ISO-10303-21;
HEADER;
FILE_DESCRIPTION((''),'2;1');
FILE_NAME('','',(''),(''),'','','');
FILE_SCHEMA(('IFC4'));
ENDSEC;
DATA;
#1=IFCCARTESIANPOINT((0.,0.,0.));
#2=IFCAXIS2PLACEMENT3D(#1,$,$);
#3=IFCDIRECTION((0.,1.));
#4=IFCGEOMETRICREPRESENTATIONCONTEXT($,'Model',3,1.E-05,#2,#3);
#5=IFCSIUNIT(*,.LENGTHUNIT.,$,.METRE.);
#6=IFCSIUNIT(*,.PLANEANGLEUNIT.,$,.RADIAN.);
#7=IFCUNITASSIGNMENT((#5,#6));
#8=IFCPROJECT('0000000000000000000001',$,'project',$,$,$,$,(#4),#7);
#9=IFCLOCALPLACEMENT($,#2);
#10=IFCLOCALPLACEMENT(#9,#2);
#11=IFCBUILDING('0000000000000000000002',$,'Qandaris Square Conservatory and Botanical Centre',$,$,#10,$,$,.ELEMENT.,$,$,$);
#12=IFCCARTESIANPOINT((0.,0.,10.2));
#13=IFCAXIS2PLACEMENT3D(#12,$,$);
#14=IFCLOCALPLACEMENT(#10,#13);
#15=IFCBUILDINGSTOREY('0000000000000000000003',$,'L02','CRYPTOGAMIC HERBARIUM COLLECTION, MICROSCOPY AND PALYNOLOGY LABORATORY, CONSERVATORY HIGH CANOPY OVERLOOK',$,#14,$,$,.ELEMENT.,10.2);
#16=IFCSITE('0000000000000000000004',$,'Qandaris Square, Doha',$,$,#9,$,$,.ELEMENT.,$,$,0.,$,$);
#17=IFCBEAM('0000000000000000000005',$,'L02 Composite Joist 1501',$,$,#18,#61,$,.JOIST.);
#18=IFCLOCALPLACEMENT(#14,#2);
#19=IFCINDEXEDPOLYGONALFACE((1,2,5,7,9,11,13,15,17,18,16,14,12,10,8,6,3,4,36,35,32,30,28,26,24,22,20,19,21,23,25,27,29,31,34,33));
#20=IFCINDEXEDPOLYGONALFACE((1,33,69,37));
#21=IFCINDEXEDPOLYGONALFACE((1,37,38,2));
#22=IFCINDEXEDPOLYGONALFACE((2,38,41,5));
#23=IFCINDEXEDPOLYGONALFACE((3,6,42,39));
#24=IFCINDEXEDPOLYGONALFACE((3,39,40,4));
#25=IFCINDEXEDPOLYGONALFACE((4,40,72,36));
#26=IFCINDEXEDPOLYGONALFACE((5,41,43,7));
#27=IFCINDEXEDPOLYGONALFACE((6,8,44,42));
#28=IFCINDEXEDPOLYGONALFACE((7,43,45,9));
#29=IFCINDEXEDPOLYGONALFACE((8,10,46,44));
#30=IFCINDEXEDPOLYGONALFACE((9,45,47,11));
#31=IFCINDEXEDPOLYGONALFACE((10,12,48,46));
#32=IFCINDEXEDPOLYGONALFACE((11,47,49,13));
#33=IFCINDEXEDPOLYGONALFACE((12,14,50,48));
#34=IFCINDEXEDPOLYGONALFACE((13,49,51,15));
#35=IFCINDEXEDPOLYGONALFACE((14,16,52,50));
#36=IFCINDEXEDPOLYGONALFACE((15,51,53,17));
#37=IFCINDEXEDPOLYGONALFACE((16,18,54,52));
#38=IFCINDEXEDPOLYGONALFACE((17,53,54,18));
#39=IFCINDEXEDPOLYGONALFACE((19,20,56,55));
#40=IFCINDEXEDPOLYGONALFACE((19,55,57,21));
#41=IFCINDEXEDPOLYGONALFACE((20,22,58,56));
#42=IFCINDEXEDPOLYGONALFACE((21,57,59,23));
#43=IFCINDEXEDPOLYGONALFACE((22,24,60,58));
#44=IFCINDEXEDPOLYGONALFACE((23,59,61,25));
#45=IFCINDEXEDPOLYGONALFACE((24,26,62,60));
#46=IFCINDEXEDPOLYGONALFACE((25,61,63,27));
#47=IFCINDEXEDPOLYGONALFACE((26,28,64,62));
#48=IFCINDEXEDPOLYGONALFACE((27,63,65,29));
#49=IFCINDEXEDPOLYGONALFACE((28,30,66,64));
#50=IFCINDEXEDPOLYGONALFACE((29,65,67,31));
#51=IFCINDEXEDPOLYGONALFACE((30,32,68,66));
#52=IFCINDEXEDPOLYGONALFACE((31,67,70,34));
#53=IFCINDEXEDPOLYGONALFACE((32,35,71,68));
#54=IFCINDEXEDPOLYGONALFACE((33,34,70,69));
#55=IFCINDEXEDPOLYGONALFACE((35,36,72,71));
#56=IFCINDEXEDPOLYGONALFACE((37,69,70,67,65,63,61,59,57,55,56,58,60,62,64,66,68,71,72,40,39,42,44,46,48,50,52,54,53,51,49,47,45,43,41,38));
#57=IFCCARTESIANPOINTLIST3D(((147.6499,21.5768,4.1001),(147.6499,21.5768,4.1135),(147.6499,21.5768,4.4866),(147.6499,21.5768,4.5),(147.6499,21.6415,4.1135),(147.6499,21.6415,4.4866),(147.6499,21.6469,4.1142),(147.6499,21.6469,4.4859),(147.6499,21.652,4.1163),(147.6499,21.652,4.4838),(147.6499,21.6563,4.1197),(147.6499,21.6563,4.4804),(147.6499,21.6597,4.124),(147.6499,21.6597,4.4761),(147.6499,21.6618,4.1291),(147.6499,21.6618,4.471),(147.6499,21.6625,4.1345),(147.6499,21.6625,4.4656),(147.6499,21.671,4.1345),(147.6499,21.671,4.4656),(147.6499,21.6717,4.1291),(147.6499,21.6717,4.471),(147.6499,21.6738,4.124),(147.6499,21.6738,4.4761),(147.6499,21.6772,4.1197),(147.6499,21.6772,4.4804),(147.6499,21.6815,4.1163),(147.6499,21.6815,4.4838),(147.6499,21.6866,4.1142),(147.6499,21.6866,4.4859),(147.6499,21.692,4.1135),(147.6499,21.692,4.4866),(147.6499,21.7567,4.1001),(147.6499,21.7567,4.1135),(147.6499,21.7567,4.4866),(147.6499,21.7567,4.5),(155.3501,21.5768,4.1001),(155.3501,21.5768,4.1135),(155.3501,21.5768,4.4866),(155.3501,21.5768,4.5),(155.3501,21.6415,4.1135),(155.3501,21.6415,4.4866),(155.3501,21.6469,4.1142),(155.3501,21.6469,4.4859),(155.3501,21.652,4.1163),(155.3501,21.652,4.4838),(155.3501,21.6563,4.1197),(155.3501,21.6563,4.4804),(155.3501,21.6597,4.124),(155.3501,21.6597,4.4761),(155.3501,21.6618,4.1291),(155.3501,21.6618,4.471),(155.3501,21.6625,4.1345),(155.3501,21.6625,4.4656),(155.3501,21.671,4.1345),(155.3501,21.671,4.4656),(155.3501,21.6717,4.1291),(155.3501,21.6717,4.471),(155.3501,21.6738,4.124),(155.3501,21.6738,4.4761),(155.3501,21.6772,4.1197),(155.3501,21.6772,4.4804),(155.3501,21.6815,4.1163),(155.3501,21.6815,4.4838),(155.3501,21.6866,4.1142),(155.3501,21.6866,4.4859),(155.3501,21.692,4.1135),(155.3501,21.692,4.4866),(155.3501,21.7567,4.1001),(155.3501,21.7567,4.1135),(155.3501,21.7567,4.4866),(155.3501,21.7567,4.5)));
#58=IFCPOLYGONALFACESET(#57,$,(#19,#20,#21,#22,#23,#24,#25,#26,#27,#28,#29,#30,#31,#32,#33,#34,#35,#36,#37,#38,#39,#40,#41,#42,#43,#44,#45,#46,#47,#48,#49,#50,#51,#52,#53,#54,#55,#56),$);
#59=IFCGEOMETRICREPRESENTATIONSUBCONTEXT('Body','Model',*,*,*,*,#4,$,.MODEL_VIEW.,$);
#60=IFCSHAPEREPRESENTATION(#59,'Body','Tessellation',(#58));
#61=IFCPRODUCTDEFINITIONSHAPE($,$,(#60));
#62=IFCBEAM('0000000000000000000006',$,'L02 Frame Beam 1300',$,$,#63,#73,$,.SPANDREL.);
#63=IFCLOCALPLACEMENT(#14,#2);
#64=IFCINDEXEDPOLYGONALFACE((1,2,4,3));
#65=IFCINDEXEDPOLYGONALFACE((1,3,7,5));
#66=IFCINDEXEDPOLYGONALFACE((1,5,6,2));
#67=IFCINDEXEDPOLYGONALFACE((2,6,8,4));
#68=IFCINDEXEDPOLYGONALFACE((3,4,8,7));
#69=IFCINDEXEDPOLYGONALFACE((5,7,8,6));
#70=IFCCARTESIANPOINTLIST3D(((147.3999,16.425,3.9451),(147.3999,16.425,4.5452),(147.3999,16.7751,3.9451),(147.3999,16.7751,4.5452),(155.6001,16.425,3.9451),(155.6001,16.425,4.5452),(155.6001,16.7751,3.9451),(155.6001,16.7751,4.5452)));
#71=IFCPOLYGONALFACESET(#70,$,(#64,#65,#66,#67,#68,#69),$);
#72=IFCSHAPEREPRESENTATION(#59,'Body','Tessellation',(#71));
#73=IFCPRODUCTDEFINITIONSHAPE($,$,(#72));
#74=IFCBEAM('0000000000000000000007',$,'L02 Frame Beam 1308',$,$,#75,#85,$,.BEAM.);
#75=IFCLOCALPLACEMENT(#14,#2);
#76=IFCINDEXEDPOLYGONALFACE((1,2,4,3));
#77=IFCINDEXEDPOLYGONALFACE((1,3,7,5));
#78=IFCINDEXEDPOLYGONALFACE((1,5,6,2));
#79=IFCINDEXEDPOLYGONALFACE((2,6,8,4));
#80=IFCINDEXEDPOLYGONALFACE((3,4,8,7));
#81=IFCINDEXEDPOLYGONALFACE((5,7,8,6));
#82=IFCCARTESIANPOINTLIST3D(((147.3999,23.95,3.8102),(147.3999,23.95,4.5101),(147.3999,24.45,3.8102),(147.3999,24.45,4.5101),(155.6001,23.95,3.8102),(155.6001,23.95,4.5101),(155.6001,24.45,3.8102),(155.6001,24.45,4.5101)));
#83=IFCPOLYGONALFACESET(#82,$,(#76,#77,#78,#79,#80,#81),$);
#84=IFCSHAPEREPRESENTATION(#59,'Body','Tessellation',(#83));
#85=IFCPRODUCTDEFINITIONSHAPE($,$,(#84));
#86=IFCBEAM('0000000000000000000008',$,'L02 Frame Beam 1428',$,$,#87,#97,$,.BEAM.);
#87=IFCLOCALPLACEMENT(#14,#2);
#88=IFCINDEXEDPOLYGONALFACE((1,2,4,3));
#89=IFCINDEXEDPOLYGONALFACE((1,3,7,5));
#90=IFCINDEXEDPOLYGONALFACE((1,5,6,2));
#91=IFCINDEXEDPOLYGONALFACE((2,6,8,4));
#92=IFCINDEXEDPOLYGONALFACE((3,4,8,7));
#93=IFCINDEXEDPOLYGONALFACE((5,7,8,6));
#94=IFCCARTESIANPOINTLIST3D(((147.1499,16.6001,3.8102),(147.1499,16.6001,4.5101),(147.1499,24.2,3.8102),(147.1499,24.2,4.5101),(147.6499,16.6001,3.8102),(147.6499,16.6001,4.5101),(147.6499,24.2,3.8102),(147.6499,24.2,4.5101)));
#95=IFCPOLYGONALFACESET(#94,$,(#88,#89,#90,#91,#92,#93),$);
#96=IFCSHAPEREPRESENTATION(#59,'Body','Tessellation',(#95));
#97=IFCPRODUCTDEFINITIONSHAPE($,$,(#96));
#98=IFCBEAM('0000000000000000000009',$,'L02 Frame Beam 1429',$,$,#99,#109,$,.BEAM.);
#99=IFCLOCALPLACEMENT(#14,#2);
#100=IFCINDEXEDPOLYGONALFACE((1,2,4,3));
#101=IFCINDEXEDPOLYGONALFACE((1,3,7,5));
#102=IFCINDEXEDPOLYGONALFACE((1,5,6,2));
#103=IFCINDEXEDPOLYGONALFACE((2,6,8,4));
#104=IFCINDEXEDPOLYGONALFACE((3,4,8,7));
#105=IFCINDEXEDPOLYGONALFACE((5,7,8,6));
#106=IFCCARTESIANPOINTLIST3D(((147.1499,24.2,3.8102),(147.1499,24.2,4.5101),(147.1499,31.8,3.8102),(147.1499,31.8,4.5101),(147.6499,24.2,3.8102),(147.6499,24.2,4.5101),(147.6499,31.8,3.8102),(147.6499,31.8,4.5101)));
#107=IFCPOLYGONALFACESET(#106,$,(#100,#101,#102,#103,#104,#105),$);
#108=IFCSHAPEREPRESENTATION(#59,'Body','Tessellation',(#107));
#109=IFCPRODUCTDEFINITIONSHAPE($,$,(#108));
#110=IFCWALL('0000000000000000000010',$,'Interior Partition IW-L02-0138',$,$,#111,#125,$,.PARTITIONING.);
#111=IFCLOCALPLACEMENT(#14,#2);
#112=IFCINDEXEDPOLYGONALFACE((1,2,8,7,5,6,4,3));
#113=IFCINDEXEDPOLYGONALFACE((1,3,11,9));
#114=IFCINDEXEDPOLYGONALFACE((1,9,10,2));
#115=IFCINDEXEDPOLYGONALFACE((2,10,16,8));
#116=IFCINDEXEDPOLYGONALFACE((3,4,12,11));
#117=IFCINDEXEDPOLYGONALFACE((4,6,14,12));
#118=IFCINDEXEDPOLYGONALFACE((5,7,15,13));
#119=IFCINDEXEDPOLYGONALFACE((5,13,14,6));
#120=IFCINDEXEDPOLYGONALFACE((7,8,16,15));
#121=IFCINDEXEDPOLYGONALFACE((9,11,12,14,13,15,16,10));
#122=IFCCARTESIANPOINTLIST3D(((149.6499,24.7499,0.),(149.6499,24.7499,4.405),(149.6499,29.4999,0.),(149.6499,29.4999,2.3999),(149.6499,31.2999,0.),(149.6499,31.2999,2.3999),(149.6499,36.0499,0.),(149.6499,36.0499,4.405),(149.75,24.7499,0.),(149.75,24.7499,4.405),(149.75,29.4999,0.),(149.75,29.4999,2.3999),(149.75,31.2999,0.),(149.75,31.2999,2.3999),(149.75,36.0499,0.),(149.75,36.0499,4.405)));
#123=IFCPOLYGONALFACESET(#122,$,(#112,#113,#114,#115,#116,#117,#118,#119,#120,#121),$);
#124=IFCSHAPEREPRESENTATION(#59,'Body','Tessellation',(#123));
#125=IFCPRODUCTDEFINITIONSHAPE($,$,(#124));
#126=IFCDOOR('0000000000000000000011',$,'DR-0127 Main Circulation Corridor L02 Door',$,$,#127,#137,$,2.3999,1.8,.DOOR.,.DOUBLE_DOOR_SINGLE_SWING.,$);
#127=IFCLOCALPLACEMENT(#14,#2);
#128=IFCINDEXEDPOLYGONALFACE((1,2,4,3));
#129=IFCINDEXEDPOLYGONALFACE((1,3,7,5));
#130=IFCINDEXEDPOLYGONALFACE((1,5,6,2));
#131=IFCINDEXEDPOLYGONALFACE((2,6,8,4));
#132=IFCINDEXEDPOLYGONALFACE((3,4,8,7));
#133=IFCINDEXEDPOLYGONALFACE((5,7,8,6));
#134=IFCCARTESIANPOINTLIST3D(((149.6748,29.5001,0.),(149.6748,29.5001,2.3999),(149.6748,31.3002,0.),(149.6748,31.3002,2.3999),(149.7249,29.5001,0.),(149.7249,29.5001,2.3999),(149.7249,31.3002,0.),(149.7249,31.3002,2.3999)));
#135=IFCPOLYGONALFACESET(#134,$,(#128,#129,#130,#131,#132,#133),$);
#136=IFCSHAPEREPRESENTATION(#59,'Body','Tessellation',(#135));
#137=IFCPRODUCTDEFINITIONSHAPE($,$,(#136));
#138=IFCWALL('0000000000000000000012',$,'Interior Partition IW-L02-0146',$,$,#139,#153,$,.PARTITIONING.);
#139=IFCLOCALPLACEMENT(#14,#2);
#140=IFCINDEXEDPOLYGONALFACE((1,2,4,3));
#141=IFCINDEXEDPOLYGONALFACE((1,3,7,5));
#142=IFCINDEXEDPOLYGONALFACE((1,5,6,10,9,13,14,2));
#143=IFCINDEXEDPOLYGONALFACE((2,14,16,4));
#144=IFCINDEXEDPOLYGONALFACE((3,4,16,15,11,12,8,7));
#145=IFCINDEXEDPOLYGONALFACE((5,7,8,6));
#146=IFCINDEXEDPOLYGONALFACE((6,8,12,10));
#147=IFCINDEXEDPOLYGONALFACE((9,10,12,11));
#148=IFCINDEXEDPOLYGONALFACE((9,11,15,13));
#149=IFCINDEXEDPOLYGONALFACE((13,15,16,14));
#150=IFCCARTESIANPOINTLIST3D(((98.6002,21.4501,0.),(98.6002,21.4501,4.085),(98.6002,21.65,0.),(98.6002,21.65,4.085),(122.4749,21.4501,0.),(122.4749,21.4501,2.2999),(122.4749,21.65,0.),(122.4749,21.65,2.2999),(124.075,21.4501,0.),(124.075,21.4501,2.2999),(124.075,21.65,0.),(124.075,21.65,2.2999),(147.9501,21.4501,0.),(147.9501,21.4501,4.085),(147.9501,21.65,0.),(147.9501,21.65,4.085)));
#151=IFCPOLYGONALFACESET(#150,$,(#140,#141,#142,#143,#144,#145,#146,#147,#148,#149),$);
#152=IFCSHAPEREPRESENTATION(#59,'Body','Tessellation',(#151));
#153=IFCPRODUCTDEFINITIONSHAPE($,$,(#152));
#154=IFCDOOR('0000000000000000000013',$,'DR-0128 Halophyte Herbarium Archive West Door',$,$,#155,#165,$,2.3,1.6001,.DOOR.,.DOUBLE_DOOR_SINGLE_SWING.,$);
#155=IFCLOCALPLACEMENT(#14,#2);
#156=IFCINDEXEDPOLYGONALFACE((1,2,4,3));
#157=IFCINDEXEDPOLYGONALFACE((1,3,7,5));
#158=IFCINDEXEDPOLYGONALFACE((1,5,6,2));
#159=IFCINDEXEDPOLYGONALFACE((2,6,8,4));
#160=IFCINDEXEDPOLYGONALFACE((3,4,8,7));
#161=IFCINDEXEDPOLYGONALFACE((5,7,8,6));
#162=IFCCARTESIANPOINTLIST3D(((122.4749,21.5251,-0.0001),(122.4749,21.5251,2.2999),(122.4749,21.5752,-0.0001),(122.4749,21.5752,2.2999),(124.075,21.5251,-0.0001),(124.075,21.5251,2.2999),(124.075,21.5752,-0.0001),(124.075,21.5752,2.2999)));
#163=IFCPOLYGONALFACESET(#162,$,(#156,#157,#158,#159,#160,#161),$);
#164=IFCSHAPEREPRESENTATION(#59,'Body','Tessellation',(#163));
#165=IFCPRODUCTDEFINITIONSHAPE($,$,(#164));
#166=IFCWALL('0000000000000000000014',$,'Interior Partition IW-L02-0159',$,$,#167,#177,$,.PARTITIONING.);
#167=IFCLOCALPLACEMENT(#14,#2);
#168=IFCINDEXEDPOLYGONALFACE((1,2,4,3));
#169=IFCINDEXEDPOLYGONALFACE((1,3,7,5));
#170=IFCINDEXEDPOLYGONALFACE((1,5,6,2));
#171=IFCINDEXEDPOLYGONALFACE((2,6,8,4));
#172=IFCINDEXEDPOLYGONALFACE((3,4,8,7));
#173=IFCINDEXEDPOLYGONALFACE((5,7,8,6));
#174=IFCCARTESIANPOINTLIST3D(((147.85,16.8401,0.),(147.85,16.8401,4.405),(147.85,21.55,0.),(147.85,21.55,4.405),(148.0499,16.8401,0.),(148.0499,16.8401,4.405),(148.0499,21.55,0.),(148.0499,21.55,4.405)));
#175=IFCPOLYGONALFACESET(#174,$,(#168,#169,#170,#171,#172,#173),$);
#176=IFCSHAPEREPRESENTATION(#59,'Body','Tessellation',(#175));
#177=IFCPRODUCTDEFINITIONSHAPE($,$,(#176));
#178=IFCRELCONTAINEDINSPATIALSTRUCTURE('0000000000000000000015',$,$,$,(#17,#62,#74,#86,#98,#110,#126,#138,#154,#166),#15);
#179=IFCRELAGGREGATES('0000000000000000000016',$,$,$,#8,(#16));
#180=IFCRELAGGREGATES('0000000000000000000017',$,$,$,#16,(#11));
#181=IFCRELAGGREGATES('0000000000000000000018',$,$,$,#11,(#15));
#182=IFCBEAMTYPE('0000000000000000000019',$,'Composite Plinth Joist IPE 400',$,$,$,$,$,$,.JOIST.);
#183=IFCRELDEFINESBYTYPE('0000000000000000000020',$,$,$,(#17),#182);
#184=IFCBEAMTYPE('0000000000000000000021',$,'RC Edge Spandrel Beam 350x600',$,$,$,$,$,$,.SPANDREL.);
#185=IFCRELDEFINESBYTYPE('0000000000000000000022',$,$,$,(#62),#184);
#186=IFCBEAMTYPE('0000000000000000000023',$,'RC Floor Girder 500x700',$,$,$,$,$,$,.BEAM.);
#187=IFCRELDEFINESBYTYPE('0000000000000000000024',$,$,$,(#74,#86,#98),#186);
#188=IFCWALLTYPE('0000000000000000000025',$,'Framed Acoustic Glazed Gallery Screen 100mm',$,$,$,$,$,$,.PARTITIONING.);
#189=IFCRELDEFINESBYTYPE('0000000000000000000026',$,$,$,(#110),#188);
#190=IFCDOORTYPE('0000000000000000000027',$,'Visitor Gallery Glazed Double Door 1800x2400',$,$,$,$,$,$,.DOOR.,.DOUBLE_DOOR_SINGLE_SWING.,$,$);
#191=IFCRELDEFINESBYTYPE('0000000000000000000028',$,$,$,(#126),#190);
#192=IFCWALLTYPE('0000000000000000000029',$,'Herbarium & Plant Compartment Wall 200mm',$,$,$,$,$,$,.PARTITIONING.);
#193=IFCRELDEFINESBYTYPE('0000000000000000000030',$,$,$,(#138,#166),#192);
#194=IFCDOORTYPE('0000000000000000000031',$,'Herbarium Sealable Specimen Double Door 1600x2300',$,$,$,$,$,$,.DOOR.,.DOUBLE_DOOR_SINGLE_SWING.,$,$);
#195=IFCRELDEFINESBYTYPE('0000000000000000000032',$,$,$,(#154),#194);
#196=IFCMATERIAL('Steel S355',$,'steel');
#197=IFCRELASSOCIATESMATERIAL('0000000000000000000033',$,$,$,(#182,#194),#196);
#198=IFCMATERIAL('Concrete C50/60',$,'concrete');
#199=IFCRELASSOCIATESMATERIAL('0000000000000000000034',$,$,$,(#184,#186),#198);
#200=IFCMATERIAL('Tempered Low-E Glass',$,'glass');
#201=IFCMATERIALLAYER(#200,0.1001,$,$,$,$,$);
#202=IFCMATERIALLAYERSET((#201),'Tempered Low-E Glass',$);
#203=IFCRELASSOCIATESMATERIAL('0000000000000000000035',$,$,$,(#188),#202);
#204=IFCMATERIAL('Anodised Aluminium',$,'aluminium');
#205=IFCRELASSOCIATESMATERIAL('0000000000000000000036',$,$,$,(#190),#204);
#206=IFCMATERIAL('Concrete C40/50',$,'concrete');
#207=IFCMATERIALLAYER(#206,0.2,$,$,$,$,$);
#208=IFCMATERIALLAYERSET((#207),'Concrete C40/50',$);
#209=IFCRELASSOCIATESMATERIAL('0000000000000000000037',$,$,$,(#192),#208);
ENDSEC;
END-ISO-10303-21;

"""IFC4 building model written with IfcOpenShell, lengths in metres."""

from ifc_helpers import new_model, si_unit, direction, frame, frame_2d, origin, origin_2d, place, context, subcontext, project, spatial, rectangle, i_section, extrude, material, layer, layer_set, material_profile, profile_set, type_object, element, fill, save


model = new_model("IFC4")

# Units and contexts
model_context = context("Model", 3, precision=1e-05, world=origin(), true_north=direction((0.0, 1.0)))
body_context = subcontext(model_context, "Body", "Model", "MODEL_VIEW")
ifc_project = project(units=[si_unit("LENGTHUNIT", "METRE"), si_unit("PLANEANGLEUNIT", "RADIAN")], contexts=[model_context])

# Site, building, storey
site_placement = place(None, origin())
site = spatial("IfcSite", under=ifc_project, at=site_placement, Name="Qandaris Square, Doha", CompositionType="ELEMENT", RefElevation=0.0)
building_placement = place(site_placement, origin())
building = spatial("IfcBuilding", under=site, at=building_placement, Name="Qandaris Square Conservatory and Botanical Centre", CompositionType="ELEMENT")
storey_placement = place(building_placement, frame((0.0, 0.0, 10.2)))
storey = spatial("IfcBuildingStorey", under=building, at=storey_placement, Name="L02", Description="CRYPTOGAMIC HERBARIUM COLLECTION, MICROSCOPY AND PALYNOLOGY LABORATORY, CONSERVATORY HIGH CANOPY OVERLOOK", CompositionType="ELEMENT", Elevation=10.2)

# Shared definitions
ifc_material_1 = material(Name="Concrete C50/60", Category="concrete")

# Beams
ifc_material_2 = material(Name="Steel S355", Category="steel")
ifc_material_profile_1 = material_profile(ifc_material_2, i_section(OverallWidth=0.1799, OverallDepth=0.3999, WebThickness=0.0085, FlangeThickness=0.0134, FilletRadius=0.021, at=origin_2d()), Name="IPE 400")
ifc_profile_set_1 = profile_set([ifc_material_profile_1], Name="Steel S355")
beam_type_1 = type_object("IfcBeamType", Name="Composite Plinth Joist IPE 400", PredefinedType="JOIST", material=ifc_profile_set_1)
beam_1_placement = place(storey_placement, frame((147.6499, 21.6667, 4.3), z_axis=(1.0, 0.0, 0.0), x_axis=(0.0, 1.0, 0.0)))
element("IfcBeam", 1, at=beam_1_placement, inside=storey, type_object=beam_type_1, Name="L02 Composite Joist 1501", PredefinedType="JOIST", context=body_context, shape_type="SweptSolid", body=[
    extrude(i_section(OverallWidth=0.1799, OverallDepth=0.3999, WebThickness=0.0085, FlangeThickness=0.0134, FilletRadius=0.021, at=origin_2d()), origin(), (0.0, 0.0, 1.0), 7.7002),
])
ifc_material_profile_2 = material_profile(ifc_material_1, rectangle(XDim=0.3501, YDim=0.6001, at=origin_2d()), Name="RC-SP 350x600")
ifc_profile_set_2 = profile_set([ifc_material_profile_2], Name="Concrete C50/60")
beam_type_2 = type_object("IfcBeamType", Name="RC Edge Spandrel Beam 350x600", PredefinedType="SPANDREL", material=ifc_profile_set_2)
beam_2_placement = place(storey_placement, frame((147.3999, 16.6001, 4.2451), z_axis=(1.0, 0.0, 0.0), x_axis=(0.0, 1.0, 0.0)))
element("IfcBeam", 2, at=beam_2_placement, inside=storey, type_object=beam_type_2, Name="L02 Frame Beam 1300", PredefinedType="SPANDREL", context=body_context, shape_type="SweptSolid", body=[
    extrude(rectangle(XDim=0.3501, YDim=0.6001, at=origin_2d()), origin(), (0.0, 0.0, 1.0), 8.2002),
])
ifc_material_profile_3 = material_profile(ifc_material_1, rectangle(XDim=0.5, YDim=0.7, at=origin_2d()), Name="RC-BM 500x700")
ifc_profile_set_3 = profile_set([ifc_material_profile_3], Name="Concrete C50/60")
beam_type_3 = type_object("IfcBeamType", Name="RC Floor Girder 500x700", PredefinedType="BEAM", material=ifc_profile_set_3)
beam_3_placement = place(storey_placement, frame((147.3999, 24.2, 4.1602), z_axis=(1.0, 0.0, 0.0), x_axis=(0.0, 1.0, 0.0)))
element("IfcBeam", 3, at=beam_3_placement, inside=storey, type_object=beam_type_3, Name="L02 Frame Beam 1308", PredefinedType="BEAM", context=body_context, shape_type="SweptSolid", body=[
    extrude(rectangle(XDim=0.5, YDim=0.7, at=origin_2d()), origin(), (0.0, 0.0, 1.0), 8.2002),
])
beam_4_placement = place(storey_placement, frame((147.3999, 16.6001, 4.1602), z_axis=(0.0, 1.0, 0.0), x_axis=(-1.0, 0.0, 0.0)))
element("IfcBeam", 4, at=beam_4_placement, inside=storey, type_object=beam_type_3, Name="L02 Frame Beam 1428", PredefinedType="BEAM", context=body_context, shape_type="SweptSolid", body=[
    extrude(rectangle(XDim=0.5, YDim=0.7, at=origin_2d()), origin(), (0.0, 0.0, 1.0), 7.5999),
])
beam_5_placement = place(storey_placement, frame((147.3999, 24.2, 4.1602), z_axis=(0.0, 1.0, 0.0), x_axis=(-1.0, 0.0, 0.0)))
element("IfcBeam", 5, at=beam_5_placement, inside=storey, type_object=beam_type_3, Name="L02 Frame Beam 1429", PredefinedType="BEAM", context=body_context, shape_type="SweptSolid", body=[
    extrude(rectangle(XDim=0.5, YDim=0.7, at=origin_2d()), origin(), (0.0, 0.0, 1.0), 7.6001),
])

# Walls, openings, doors
ifc_material_3 = material(Name="Tempered Low-E Glass", Category="glass")
ifc_layer_1 = layer(ifc_material_3, 0.1001)
ifc_layer_set_1 = layer_set([ifc_layer_1], Name="Tempered Low-E Glass")
wall_type_1 = type_object("IfcWallType", Name="Framed Acoustic Glazed Gallery Screen 100mm", PredefinedType="PARTITIONING", material=ifc_layer_set_1)
wall_1_placement = place(storey_placement, frame((149.7, 24.75, 0.0), z_axis=(0.0, 0.0, 1.0), x_axis=(0.0, 1.0, 0.0)))
wall_1 = element("IfcWall", 6, at=wall_1_placement, inside=storey, type_object=wall_type_1, Name="Interior Partition IW-L02-0138", PredefinedType="PARTITIONING", context=body_context, shape_type="SweptSolid", body=[
    extrude(rectangle(XDim=11.3, YDim=0.1001, at=frame_2d((5.6499, 0.0))), origin(), (0.0, 0.0, 1.0), 4.405),
])
opening_1_placement = place(wall_1_placement, frame((4.75, 0.0, 0.0)))
opening_1 = element("IfcOpeningElement", 7, at=opening_1_placement, cuts=wall_1, PredefinedType="OPENING", context=body_context, shape_type="SweptSolid", body=[
    extrude(rectangle(XDim=1.8, YDim=2.3999, at=frame_2d((0.8999, 1.2))), frame((0.0, 0.062, 0.0), z_axis=(0.0, -1.0, 0.0), x_axis=(1.0, 0.0, 0.0)), (0.0, 0.0, 1.0), 0.124),
])
ifc_material_4 = material(Name="Anodised Aluminium", Category="aluminium")
door_type_1 = type_object("IfcDoorType", Name="Visitor Gallery Glazed Double Door 1800x2400", OperationType="DOUBLE_DOOR_SINGLE_SWING", PredefinedType="DOOR", material=ifc_material_4)
door_1_placement = place(opening_1_placement, frame((1.8, 0.0, 0.0), z_axis=(0.0, 0.0, 1.0), x_axis=(-1.0, 0.0, 0.0)))
door_1 = element("IfcDoor", 8, at=door_1_placement, inside=storey, type_object=door_type_1, Name="DR-0127 Main Circulation Corridor L02 Door", OperationType="DOUBLE_DOOR_SINGLE_SWING", OverallHeight=2.3999, OverallWidth=1.8, PredefinedType="DOOR", context=body_context, shape_type="SweptSolid", body=[
    extrude(rectangle(XDim=1.8, YDim=2.3999, at=frame_2d((0.8999, 1.2))), frame((0.0, 0.0249, 0.0), z_axis=(0.0, -1.0, 0.0), x_axis=(1.0, 0.0, 0.0)), (0.0, 0.0, 1.0), 0.05),
])
fill(opening_1, door_1)
ifc_material_5 = material(Name="Concrete C40/50", Category="concrete")
ifc_layer_2 = layer(ifc_material_5, 0.2)
ifc_layer_set_2 = layer_set([ifc_layer_2], Name="Concrete C40/50")
wall_type_2 = type_object("IfcWallType", Name="Herbarium & Plant Compartment Wall 200mm", PredefinedType="PARTITIONING", material=ifc_layer_set_2)
wall_2_placement = place(storey_placement, frame((147.95, 21.55, 0.0), z_axis=(0.0, 0.0, 1.0), x_axis=(-1.0, 0.0, 0.0)))
wall_2 = element("IfcWall", 9, at=wall_2_placement, inside=storey, type_object=wall_type_2, Name="Interior Partition IW-L02-0146", PredefinedType="PARTITIONING", context=body_context, shape_type="SweptSolid", body=[
    extrude(rectangle(XDim=49.3499, YDim=0.2, at=frame_2d((24.6748, 0.0))), origin(), (0.0, 0.0, 1.0), 4.085),
])
opening_2_placement = place(wall_2_placement, frame((23.875, 0.0, 0.0)))
opening_2 = element("IfcOpeningElement", 10, at=opening_2_placement, cuts=wall_2, PredefinedType="OPENING", context=body_context, shape_type="SweptSolid", body=[
    extrude(rectangle(XDim=1.6001, YDim=2.3, at=frame_2d((0.8, 1.1499))), frame((0.0, 0.1118, 0.0), z_axis=(0.0, -1.0, 0.0), x_axis=(1.0, 0.0, 0.0)), (0.0, 0.0, 1.0), 0.2239),
])
door_type_2 = type_object("IfcDoorType", Name="Herbarium Sealable Specimen Double Door 1600x2300", OperationType="DOUBLE_DOOR_SINGLE_SWING", PredefinedType="DOOR", material=ifc_material_2)
door_2_placement = place(opening_2_placement, origin())
door_2 = element("IfcDoor", 11, at=door_2_placement, inside=storey, type_object=door_type_2, Name="DR-0128 Halophyte Herbarium Archive West Door", OperationType="DOUBLE_DOOR_SINGLE_SWING", OverallHeight=2.3, OverallWidth=1.6001, PredefinedType="DOOR", context=body_context, shape_type="SweptSolid", body=[
    extrude(rectangle(XDim=1.6001, YDim=2.3, at=frame_2d((0.8, 1.1499))), frame((0.0, 0.0249, 0.0), z_axis=(0.0, -1.0, 0.0), x_axis=(1.0, 0.0, 0.0)), (0.0, 0.0, 1.0), 0.05),
])
fill(opening_2, door_2)

# Wall
wall_3_placement = place(storey_placement, frame((147.95, 21.55, 0.0), z_axis=(0.0, 0.0, 1.0), x_axis=(0.0, -1.0, 0.0)))
element("IfcWall", 12, at=wall_3_placement, inside=storey, type_object=wall_type_2, Name="Interior Partition IW-L02-0159", PredefinedType="PARTITIONING", context=body_context, shape_type="SweptSolid", body=[
    extrude(rectangle(XDim=4.71, YDim=0.2, at=frame_2d((2.355, 0.0))), origin(), (0.0, 0.0, 1.0), 4.405),
])

save(model, "model.ifc")
